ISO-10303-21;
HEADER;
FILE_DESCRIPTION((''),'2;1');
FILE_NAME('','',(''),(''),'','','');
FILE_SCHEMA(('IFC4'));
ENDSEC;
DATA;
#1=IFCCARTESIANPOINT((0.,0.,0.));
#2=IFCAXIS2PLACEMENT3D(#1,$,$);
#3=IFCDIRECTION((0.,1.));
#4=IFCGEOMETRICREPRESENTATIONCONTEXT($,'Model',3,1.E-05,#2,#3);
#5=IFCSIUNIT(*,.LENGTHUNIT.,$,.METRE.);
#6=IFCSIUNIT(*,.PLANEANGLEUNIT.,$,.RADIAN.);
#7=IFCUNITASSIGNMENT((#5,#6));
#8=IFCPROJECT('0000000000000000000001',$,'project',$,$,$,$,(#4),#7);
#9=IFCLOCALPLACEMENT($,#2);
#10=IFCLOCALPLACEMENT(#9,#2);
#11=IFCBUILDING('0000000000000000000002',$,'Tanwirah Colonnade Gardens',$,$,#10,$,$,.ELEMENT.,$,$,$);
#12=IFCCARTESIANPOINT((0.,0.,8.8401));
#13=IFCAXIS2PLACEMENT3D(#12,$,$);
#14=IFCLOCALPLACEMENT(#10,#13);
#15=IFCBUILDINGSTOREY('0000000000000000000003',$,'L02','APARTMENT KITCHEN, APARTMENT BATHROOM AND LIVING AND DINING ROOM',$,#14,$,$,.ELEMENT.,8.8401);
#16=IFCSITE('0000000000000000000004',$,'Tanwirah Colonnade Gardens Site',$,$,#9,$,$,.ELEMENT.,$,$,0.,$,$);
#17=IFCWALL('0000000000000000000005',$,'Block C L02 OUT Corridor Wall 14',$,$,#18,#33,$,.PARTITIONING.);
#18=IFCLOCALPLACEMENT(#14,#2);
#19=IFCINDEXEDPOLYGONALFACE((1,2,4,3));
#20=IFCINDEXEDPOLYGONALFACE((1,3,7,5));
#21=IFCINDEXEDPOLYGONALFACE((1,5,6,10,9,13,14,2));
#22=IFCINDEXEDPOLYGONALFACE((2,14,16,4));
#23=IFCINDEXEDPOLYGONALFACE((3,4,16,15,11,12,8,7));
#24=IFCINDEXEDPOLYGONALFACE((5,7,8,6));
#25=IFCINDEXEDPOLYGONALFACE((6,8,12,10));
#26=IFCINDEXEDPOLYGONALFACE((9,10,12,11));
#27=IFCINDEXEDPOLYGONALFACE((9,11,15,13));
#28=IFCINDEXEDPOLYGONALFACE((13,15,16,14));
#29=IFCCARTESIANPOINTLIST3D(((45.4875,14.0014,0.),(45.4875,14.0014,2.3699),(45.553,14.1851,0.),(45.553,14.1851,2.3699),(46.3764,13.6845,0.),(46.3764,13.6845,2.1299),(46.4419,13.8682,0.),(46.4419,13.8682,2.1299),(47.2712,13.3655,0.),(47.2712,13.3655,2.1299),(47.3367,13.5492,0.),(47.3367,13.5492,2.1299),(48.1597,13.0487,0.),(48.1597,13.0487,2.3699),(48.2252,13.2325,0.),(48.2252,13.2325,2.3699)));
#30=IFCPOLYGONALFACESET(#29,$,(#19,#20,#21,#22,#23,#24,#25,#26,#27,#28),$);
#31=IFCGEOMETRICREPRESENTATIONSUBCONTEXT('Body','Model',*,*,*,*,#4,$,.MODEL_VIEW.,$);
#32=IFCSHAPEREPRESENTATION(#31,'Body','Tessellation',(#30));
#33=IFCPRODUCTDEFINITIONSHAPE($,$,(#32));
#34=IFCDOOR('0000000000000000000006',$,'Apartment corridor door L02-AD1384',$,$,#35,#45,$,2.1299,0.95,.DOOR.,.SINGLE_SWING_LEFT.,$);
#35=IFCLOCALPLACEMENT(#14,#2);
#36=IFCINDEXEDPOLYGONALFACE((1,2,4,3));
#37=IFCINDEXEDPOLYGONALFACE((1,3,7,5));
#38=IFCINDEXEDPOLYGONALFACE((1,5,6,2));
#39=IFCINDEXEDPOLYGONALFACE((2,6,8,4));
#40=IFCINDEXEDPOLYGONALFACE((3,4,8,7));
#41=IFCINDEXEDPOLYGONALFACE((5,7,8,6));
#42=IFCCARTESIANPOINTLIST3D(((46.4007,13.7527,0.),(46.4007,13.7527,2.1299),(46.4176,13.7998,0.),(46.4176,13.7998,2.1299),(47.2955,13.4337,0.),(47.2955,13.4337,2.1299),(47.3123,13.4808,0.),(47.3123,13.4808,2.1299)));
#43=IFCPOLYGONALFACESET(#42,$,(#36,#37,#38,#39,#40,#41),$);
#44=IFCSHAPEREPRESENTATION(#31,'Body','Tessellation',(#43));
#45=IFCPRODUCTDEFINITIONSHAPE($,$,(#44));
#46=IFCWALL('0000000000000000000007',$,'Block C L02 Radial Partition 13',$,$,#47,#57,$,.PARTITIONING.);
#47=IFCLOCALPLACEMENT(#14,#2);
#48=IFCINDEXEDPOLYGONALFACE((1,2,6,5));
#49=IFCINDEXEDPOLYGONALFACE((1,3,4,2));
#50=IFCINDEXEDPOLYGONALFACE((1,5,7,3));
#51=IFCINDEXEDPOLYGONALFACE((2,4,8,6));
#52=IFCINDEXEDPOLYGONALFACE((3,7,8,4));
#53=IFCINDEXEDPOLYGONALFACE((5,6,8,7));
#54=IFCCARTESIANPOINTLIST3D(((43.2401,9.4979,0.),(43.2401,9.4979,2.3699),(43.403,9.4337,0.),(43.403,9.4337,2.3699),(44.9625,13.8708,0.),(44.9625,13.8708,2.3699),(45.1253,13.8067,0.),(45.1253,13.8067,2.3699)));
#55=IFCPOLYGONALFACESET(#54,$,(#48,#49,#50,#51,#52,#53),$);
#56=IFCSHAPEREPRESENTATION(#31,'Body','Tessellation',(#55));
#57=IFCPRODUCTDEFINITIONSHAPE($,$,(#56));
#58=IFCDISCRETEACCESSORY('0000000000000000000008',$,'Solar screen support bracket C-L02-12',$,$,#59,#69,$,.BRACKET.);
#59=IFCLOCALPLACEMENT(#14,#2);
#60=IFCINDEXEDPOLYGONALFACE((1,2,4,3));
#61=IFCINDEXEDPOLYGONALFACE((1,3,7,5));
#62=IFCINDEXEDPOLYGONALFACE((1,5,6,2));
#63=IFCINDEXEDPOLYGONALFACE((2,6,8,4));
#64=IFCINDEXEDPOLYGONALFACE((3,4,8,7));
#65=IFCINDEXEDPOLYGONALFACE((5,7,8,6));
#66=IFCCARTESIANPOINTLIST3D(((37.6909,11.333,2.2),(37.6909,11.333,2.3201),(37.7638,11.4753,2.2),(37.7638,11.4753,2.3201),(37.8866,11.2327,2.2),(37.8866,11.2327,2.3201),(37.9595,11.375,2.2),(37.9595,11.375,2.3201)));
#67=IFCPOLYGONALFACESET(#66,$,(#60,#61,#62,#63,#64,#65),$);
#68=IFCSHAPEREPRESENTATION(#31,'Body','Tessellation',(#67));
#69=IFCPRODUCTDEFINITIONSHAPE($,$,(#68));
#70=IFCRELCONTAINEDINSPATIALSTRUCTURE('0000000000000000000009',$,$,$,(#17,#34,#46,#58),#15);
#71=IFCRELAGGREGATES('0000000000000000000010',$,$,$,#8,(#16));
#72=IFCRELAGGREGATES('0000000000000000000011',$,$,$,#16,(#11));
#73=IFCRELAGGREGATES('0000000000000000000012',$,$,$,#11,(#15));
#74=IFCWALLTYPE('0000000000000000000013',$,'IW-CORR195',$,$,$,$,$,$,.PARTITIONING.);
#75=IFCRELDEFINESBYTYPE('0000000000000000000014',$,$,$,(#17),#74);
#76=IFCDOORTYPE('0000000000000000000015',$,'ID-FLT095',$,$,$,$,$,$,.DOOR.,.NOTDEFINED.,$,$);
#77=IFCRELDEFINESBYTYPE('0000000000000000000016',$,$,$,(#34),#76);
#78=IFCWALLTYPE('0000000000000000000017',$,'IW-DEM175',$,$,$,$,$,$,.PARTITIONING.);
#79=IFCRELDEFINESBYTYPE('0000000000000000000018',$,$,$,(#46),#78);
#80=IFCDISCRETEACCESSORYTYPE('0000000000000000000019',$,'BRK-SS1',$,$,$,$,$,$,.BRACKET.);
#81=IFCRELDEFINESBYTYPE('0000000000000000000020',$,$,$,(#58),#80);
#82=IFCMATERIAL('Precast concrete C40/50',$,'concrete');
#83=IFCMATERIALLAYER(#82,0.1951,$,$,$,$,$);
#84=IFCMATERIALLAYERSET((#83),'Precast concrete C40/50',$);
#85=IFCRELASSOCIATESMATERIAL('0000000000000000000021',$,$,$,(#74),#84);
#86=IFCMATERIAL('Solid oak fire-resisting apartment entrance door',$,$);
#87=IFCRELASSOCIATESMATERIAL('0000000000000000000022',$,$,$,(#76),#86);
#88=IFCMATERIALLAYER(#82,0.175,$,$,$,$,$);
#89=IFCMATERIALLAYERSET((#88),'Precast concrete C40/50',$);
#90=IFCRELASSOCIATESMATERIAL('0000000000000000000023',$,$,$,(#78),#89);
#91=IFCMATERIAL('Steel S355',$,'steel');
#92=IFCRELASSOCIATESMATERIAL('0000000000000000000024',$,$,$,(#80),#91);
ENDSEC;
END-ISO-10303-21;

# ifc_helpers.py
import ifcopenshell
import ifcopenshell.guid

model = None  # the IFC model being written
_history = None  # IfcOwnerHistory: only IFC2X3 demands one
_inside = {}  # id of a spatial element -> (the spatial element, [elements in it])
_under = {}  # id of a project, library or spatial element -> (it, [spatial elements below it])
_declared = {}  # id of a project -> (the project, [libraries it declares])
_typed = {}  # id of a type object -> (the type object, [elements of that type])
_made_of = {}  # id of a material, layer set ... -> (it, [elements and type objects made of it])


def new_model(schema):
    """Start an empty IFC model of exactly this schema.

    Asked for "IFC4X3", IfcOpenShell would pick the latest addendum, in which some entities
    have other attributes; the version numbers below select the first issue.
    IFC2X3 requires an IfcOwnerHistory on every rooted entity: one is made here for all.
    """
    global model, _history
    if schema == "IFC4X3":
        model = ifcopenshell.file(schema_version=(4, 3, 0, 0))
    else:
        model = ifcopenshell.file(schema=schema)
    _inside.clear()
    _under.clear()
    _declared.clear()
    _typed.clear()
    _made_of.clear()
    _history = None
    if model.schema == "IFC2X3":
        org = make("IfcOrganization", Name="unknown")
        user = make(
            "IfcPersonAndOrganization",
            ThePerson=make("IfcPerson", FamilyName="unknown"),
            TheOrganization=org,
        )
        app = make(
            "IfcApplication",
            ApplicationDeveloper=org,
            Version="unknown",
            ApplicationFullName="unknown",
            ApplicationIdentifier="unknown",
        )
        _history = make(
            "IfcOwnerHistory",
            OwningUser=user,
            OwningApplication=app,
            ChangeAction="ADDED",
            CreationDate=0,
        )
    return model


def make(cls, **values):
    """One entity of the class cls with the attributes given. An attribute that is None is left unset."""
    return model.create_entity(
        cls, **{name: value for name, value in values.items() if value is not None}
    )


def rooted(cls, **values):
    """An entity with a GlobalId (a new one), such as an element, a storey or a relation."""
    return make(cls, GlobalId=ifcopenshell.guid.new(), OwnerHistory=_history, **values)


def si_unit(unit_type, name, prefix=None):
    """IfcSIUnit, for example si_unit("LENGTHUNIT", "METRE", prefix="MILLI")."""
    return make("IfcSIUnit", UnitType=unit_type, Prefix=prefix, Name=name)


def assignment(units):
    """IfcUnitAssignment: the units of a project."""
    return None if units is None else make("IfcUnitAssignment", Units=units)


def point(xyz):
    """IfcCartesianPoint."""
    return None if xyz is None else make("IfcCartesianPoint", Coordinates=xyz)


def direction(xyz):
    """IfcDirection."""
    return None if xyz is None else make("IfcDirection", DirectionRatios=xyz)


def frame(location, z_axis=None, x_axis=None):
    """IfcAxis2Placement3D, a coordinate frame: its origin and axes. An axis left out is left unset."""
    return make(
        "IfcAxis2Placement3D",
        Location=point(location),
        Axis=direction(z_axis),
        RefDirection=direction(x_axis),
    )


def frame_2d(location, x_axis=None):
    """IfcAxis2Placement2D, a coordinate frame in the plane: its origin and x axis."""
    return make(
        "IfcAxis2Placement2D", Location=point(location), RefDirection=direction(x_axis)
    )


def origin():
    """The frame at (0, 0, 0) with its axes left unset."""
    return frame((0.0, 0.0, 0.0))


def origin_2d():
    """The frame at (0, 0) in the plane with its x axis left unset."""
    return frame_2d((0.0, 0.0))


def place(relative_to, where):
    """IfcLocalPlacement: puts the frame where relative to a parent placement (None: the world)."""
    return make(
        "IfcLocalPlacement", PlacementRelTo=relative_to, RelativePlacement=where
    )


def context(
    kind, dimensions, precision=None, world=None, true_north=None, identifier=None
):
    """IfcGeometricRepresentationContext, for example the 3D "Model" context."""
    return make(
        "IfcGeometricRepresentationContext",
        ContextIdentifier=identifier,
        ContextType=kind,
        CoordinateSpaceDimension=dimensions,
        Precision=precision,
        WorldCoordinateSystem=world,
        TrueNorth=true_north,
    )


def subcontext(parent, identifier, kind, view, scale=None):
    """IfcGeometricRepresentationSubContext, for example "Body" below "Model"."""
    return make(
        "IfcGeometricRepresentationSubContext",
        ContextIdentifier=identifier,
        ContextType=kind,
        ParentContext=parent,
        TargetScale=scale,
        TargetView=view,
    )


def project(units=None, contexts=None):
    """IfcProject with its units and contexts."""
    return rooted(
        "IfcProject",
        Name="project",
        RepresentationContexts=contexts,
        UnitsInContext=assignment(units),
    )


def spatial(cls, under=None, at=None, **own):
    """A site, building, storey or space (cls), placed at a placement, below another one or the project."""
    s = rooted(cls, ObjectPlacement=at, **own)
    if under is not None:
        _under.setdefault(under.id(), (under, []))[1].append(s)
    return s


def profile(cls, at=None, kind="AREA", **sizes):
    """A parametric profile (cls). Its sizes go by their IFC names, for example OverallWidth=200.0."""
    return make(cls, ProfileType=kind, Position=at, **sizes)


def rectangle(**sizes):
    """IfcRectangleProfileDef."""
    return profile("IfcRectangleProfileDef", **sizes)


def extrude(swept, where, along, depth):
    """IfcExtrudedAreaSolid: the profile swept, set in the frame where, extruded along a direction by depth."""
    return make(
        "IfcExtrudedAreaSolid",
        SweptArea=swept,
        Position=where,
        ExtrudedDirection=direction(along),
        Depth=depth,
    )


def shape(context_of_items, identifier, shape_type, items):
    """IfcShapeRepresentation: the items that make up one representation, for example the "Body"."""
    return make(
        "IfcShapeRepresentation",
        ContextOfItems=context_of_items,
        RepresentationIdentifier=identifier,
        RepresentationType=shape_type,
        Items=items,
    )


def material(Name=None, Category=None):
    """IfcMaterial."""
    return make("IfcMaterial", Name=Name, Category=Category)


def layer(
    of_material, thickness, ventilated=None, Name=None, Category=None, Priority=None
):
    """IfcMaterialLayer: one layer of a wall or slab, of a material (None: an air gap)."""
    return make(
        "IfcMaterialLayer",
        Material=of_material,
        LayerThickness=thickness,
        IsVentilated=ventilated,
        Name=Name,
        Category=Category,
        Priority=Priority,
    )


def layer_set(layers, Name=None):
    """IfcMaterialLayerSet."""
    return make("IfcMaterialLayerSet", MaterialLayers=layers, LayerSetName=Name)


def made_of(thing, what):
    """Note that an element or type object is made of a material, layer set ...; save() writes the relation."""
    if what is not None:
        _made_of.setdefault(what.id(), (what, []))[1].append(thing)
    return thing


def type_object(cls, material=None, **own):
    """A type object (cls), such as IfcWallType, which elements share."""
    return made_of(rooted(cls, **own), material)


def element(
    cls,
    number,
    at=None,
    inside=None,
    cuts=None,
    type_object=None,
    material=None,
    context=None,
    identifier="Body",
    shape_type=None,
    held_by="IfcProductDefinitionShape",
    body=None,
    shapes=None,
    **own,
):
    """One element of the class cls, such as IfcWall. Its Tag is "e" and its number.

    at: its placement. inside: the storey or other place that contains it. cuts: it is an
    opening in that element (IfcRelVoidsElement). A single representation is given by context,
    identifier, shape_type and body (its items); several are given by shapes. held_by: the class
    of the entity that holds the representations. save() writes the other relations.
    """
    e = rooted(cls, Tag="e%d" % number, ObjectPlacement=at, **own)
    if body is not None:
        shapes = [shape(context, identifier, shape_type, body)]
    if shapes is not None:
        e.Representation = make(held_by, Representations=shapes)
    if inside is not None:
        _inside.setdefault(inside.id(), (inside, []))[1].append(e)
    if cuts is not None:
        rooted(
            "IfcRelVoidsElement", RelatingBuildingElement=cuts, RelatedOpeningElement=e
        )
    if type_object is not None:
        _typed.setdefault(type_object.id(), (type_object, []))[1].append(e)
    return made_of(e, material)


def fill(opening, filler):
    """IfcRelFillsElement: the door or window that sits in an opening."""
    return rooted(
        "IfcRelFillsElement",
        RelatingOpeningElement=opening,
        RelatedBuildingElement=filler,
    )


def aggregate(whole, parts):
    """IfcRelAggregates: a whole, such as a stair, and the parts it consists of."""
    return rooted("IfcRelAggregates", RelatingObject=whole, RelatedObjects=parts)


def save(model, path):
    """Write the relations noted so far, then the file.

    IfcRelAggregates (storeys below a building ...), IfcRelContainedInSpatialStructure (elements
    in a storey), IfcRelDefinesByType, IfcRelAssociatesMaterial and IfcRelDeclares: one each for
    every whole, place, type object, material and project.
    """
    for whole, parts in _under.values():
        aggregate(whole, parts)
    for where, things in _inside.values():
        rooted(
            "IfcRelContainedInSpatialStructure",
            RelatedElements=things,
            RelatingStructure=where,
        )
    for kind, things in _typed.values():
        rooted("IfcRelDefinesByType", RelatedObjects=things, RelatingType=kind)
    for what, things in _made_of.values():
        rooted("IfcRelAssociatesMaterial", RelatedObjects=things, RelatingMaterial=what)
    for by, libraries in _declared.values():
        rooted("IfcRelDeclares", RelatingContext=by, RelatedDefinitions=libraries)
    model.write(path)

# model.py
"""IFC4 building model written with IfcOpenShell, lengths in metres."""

from ifc_helpers import new_model, si_unit, direction, frame, frame_2d, origin, origin_2d, place, context, subcontext, project, spatial, rectangle, extrude, material, layer, layer_set, type_object, element, fill, save


model = new_model("IFC4")

# Units and contexts
model_context = context("Model", 3, precision=1e-05, world=origin(), true_north=direction((0.0, 1.0)))
body_context = subcontext(model_context, "Body", "Model", "MODEL_VIEW")
ifc_project = project(units=[si_unit("LENGTHUNIT", "METRE"), si_unit("PLANEANGLEUNIT", "RADIAN")], contexts=[model_context])

# Site, building, storey
site_placement = place(None, origin())
site = spatial("IfcSite", under=ifc_project, at=site_placement, Name="Tanwirah Colonnade Gardens Site", CompositionType="ELEMENT", RefElevation=0.0)
building_placement = place(site_placement, origin())
building = spatial("IfcBuilding", under=site, at=building_placement, Name="Tanwirah Colonnade Gardens", CompositionType="ELEMENT")
storey_placement = place(building_placement, frame((0.0, 0.0, 8.8401)))
storey = spatial("IfcBuildingStorey", under=building, at=storey_placement, Name="L02", Description="APARTMENT KITCHEN, APARTMENT BATHROOM AND LIVING AND DINING ROOM", CompositionType="ELEMENT", Elevation=8.8401)

# Shared definitions
ifc_material_1 = material(Name="Precast concrete C40/50", Category="concrete")

# Wall, opening, door
ifc_layer_1 = layer(ifc_material_1, 0.1951)
ifc_layer_set_1 = layer_set([ifc_layer_1], Name="Precast concrete C40/50")
wall_type_1 = type_object("IfcWallType", Name="IW-CORR195", PredefinedType="PARTITIONING", material=ifc_layer_set_1)
wall_1_placement = place(storey_placement, frame((45.5203, 14.0933, 0.0), z_axis=(0.0, 0.0, 1.0), x_axis=(0.941931, -0.335808, 0.0)))
wall_1 = element("IfcWall", 1, at=wall_1_placement, inside=storey, type_object=wall_type_1, Name="Block C L02 OUT Corridor Wall 14", PredefinedType="PARTITIONING", context=body_context, shape_type="SweptSolid", body=[
    extrude(rectangle(XDim=2.8369, YDim=0.1951, at=frame_2d((1.4185, 0.0))), origin(), (0.0, 0.0, 1.0), 2.3699),
])
opening_1_placement = place(wall_1_placement, frame((0.9436, 0.0, 0.0)))
opening_1 = element("IfcOpeningElement", 2, at=opening_1_placement, cuts=wall_1, PredefinedType="OPENING", context=body_context, shape_type="SweptSolid", body=[
    extrude(rectangle(XDim=0.95, YDim=2.1299, at=frame_2d((0.4751, 1.0649))), frame((0.0, 0.1074, 0.0), z_axis=(0.0, -1.0, 0.0), x_axis=(1.0, 0.0, 0.0)), (0.0, 0.0, 1.0), 0.2151),
])
ifc_material_2 = material(Name="Solid oak fire-resisting apartment entrance door")
door_type_1 = type_object("IfcDoorType", Name="ID-FLT095", OperationType="NOTDEFINED", PredefinedType="DOOR", material=ifc_material_2)
door_1_placement = place(opening_1_placement, origin())
door_1 = element("IfcDoor", 3, at=door_1_placement, inside=storey, type_object=door_type_1, Name="Apartment corridor door L02-AD1384", OperationType="SINGLE_SWING_LEFT", OverallHeight=2.1299, OverallWidth=0.95, PredefinedType="DOOR", context=body_context, shape_type="SweptSolid", body=[
    extrude(rectangle(XDim=0.95, YDim=2.1299, at=frame_2d((0.4751, 1.0649))), frame((0.0, 0.0249, 0.0), z_axis=(0.0, -1.0, 0.0), x_axis=(1.0, 0.0, 0.0)), (0.0, 0.0, 1.0), 0.05),
])
fill(opening_1, door_1)

# Wall
ifc_layer_2 = layer(ifc_material_1, 0.175)
ifc_layer_set_2 = layer_set([ifc_layer_2], Name="Precast concrete C40/50")
wall_type_2 = type_object("IfcWallType", Name="IW-DEM175", PredefinedType="PARTITIONING", material=ifc_layer_set_2)
wall_2_placement = place(storey_placement, frame((45.0439, 13.8389, 0.0), z_axis=(0.0, 0.0, 1.0), x_axis=(-0.366469, -0.93043, 0.0)))
element("IfcWall", 4, at=wall_2_placement, inside=storey, type_object=wall_type_2, Name="Block C L02 Radial Partition 13", PredefinedType="PARTITIONING", context=body_context, shape_type="SweptSolid", body=[
    extrude(rectangle(XDim=4.7, YDim=0.175, at=frame_2d((2.3501, 0.0))), origin(), (0.0, 0.0, 1.0), 2.3699),
])

# Discrete accessory
ifc_material_3 = material(Name="Steel S355", Category="steel")
discrete_accessory_type = type_object("IfcDiscreteAccessoryType", Name="BRK-SS1", PredefinedType="BRACKET", material=ifc_material_3)
discrete_accessory_placement = place(storey_placement, frame((37.8252, 11.354, 2.2), z_axis=(0.0, 0.0, 1.0), x_axis=(0.890015, -0.455931, 0.0)))
element("IfcDiscreteAccessory", 5, at=discrete_accessory_placement, inside=storey, type_object=discrete_accessory_type, Name="Solar screen support bracket C-L02-12", PredefinedType="BRACKET", context=body_context, shape_type="SweptSolid", body=[
    extrude(rectangle(XDim=0.22, YDim=0.1599, at=origin_2d()), origin(), (0.0, 0.0, 1.0), 0.1201),
])

save(model, "model.ifc")
